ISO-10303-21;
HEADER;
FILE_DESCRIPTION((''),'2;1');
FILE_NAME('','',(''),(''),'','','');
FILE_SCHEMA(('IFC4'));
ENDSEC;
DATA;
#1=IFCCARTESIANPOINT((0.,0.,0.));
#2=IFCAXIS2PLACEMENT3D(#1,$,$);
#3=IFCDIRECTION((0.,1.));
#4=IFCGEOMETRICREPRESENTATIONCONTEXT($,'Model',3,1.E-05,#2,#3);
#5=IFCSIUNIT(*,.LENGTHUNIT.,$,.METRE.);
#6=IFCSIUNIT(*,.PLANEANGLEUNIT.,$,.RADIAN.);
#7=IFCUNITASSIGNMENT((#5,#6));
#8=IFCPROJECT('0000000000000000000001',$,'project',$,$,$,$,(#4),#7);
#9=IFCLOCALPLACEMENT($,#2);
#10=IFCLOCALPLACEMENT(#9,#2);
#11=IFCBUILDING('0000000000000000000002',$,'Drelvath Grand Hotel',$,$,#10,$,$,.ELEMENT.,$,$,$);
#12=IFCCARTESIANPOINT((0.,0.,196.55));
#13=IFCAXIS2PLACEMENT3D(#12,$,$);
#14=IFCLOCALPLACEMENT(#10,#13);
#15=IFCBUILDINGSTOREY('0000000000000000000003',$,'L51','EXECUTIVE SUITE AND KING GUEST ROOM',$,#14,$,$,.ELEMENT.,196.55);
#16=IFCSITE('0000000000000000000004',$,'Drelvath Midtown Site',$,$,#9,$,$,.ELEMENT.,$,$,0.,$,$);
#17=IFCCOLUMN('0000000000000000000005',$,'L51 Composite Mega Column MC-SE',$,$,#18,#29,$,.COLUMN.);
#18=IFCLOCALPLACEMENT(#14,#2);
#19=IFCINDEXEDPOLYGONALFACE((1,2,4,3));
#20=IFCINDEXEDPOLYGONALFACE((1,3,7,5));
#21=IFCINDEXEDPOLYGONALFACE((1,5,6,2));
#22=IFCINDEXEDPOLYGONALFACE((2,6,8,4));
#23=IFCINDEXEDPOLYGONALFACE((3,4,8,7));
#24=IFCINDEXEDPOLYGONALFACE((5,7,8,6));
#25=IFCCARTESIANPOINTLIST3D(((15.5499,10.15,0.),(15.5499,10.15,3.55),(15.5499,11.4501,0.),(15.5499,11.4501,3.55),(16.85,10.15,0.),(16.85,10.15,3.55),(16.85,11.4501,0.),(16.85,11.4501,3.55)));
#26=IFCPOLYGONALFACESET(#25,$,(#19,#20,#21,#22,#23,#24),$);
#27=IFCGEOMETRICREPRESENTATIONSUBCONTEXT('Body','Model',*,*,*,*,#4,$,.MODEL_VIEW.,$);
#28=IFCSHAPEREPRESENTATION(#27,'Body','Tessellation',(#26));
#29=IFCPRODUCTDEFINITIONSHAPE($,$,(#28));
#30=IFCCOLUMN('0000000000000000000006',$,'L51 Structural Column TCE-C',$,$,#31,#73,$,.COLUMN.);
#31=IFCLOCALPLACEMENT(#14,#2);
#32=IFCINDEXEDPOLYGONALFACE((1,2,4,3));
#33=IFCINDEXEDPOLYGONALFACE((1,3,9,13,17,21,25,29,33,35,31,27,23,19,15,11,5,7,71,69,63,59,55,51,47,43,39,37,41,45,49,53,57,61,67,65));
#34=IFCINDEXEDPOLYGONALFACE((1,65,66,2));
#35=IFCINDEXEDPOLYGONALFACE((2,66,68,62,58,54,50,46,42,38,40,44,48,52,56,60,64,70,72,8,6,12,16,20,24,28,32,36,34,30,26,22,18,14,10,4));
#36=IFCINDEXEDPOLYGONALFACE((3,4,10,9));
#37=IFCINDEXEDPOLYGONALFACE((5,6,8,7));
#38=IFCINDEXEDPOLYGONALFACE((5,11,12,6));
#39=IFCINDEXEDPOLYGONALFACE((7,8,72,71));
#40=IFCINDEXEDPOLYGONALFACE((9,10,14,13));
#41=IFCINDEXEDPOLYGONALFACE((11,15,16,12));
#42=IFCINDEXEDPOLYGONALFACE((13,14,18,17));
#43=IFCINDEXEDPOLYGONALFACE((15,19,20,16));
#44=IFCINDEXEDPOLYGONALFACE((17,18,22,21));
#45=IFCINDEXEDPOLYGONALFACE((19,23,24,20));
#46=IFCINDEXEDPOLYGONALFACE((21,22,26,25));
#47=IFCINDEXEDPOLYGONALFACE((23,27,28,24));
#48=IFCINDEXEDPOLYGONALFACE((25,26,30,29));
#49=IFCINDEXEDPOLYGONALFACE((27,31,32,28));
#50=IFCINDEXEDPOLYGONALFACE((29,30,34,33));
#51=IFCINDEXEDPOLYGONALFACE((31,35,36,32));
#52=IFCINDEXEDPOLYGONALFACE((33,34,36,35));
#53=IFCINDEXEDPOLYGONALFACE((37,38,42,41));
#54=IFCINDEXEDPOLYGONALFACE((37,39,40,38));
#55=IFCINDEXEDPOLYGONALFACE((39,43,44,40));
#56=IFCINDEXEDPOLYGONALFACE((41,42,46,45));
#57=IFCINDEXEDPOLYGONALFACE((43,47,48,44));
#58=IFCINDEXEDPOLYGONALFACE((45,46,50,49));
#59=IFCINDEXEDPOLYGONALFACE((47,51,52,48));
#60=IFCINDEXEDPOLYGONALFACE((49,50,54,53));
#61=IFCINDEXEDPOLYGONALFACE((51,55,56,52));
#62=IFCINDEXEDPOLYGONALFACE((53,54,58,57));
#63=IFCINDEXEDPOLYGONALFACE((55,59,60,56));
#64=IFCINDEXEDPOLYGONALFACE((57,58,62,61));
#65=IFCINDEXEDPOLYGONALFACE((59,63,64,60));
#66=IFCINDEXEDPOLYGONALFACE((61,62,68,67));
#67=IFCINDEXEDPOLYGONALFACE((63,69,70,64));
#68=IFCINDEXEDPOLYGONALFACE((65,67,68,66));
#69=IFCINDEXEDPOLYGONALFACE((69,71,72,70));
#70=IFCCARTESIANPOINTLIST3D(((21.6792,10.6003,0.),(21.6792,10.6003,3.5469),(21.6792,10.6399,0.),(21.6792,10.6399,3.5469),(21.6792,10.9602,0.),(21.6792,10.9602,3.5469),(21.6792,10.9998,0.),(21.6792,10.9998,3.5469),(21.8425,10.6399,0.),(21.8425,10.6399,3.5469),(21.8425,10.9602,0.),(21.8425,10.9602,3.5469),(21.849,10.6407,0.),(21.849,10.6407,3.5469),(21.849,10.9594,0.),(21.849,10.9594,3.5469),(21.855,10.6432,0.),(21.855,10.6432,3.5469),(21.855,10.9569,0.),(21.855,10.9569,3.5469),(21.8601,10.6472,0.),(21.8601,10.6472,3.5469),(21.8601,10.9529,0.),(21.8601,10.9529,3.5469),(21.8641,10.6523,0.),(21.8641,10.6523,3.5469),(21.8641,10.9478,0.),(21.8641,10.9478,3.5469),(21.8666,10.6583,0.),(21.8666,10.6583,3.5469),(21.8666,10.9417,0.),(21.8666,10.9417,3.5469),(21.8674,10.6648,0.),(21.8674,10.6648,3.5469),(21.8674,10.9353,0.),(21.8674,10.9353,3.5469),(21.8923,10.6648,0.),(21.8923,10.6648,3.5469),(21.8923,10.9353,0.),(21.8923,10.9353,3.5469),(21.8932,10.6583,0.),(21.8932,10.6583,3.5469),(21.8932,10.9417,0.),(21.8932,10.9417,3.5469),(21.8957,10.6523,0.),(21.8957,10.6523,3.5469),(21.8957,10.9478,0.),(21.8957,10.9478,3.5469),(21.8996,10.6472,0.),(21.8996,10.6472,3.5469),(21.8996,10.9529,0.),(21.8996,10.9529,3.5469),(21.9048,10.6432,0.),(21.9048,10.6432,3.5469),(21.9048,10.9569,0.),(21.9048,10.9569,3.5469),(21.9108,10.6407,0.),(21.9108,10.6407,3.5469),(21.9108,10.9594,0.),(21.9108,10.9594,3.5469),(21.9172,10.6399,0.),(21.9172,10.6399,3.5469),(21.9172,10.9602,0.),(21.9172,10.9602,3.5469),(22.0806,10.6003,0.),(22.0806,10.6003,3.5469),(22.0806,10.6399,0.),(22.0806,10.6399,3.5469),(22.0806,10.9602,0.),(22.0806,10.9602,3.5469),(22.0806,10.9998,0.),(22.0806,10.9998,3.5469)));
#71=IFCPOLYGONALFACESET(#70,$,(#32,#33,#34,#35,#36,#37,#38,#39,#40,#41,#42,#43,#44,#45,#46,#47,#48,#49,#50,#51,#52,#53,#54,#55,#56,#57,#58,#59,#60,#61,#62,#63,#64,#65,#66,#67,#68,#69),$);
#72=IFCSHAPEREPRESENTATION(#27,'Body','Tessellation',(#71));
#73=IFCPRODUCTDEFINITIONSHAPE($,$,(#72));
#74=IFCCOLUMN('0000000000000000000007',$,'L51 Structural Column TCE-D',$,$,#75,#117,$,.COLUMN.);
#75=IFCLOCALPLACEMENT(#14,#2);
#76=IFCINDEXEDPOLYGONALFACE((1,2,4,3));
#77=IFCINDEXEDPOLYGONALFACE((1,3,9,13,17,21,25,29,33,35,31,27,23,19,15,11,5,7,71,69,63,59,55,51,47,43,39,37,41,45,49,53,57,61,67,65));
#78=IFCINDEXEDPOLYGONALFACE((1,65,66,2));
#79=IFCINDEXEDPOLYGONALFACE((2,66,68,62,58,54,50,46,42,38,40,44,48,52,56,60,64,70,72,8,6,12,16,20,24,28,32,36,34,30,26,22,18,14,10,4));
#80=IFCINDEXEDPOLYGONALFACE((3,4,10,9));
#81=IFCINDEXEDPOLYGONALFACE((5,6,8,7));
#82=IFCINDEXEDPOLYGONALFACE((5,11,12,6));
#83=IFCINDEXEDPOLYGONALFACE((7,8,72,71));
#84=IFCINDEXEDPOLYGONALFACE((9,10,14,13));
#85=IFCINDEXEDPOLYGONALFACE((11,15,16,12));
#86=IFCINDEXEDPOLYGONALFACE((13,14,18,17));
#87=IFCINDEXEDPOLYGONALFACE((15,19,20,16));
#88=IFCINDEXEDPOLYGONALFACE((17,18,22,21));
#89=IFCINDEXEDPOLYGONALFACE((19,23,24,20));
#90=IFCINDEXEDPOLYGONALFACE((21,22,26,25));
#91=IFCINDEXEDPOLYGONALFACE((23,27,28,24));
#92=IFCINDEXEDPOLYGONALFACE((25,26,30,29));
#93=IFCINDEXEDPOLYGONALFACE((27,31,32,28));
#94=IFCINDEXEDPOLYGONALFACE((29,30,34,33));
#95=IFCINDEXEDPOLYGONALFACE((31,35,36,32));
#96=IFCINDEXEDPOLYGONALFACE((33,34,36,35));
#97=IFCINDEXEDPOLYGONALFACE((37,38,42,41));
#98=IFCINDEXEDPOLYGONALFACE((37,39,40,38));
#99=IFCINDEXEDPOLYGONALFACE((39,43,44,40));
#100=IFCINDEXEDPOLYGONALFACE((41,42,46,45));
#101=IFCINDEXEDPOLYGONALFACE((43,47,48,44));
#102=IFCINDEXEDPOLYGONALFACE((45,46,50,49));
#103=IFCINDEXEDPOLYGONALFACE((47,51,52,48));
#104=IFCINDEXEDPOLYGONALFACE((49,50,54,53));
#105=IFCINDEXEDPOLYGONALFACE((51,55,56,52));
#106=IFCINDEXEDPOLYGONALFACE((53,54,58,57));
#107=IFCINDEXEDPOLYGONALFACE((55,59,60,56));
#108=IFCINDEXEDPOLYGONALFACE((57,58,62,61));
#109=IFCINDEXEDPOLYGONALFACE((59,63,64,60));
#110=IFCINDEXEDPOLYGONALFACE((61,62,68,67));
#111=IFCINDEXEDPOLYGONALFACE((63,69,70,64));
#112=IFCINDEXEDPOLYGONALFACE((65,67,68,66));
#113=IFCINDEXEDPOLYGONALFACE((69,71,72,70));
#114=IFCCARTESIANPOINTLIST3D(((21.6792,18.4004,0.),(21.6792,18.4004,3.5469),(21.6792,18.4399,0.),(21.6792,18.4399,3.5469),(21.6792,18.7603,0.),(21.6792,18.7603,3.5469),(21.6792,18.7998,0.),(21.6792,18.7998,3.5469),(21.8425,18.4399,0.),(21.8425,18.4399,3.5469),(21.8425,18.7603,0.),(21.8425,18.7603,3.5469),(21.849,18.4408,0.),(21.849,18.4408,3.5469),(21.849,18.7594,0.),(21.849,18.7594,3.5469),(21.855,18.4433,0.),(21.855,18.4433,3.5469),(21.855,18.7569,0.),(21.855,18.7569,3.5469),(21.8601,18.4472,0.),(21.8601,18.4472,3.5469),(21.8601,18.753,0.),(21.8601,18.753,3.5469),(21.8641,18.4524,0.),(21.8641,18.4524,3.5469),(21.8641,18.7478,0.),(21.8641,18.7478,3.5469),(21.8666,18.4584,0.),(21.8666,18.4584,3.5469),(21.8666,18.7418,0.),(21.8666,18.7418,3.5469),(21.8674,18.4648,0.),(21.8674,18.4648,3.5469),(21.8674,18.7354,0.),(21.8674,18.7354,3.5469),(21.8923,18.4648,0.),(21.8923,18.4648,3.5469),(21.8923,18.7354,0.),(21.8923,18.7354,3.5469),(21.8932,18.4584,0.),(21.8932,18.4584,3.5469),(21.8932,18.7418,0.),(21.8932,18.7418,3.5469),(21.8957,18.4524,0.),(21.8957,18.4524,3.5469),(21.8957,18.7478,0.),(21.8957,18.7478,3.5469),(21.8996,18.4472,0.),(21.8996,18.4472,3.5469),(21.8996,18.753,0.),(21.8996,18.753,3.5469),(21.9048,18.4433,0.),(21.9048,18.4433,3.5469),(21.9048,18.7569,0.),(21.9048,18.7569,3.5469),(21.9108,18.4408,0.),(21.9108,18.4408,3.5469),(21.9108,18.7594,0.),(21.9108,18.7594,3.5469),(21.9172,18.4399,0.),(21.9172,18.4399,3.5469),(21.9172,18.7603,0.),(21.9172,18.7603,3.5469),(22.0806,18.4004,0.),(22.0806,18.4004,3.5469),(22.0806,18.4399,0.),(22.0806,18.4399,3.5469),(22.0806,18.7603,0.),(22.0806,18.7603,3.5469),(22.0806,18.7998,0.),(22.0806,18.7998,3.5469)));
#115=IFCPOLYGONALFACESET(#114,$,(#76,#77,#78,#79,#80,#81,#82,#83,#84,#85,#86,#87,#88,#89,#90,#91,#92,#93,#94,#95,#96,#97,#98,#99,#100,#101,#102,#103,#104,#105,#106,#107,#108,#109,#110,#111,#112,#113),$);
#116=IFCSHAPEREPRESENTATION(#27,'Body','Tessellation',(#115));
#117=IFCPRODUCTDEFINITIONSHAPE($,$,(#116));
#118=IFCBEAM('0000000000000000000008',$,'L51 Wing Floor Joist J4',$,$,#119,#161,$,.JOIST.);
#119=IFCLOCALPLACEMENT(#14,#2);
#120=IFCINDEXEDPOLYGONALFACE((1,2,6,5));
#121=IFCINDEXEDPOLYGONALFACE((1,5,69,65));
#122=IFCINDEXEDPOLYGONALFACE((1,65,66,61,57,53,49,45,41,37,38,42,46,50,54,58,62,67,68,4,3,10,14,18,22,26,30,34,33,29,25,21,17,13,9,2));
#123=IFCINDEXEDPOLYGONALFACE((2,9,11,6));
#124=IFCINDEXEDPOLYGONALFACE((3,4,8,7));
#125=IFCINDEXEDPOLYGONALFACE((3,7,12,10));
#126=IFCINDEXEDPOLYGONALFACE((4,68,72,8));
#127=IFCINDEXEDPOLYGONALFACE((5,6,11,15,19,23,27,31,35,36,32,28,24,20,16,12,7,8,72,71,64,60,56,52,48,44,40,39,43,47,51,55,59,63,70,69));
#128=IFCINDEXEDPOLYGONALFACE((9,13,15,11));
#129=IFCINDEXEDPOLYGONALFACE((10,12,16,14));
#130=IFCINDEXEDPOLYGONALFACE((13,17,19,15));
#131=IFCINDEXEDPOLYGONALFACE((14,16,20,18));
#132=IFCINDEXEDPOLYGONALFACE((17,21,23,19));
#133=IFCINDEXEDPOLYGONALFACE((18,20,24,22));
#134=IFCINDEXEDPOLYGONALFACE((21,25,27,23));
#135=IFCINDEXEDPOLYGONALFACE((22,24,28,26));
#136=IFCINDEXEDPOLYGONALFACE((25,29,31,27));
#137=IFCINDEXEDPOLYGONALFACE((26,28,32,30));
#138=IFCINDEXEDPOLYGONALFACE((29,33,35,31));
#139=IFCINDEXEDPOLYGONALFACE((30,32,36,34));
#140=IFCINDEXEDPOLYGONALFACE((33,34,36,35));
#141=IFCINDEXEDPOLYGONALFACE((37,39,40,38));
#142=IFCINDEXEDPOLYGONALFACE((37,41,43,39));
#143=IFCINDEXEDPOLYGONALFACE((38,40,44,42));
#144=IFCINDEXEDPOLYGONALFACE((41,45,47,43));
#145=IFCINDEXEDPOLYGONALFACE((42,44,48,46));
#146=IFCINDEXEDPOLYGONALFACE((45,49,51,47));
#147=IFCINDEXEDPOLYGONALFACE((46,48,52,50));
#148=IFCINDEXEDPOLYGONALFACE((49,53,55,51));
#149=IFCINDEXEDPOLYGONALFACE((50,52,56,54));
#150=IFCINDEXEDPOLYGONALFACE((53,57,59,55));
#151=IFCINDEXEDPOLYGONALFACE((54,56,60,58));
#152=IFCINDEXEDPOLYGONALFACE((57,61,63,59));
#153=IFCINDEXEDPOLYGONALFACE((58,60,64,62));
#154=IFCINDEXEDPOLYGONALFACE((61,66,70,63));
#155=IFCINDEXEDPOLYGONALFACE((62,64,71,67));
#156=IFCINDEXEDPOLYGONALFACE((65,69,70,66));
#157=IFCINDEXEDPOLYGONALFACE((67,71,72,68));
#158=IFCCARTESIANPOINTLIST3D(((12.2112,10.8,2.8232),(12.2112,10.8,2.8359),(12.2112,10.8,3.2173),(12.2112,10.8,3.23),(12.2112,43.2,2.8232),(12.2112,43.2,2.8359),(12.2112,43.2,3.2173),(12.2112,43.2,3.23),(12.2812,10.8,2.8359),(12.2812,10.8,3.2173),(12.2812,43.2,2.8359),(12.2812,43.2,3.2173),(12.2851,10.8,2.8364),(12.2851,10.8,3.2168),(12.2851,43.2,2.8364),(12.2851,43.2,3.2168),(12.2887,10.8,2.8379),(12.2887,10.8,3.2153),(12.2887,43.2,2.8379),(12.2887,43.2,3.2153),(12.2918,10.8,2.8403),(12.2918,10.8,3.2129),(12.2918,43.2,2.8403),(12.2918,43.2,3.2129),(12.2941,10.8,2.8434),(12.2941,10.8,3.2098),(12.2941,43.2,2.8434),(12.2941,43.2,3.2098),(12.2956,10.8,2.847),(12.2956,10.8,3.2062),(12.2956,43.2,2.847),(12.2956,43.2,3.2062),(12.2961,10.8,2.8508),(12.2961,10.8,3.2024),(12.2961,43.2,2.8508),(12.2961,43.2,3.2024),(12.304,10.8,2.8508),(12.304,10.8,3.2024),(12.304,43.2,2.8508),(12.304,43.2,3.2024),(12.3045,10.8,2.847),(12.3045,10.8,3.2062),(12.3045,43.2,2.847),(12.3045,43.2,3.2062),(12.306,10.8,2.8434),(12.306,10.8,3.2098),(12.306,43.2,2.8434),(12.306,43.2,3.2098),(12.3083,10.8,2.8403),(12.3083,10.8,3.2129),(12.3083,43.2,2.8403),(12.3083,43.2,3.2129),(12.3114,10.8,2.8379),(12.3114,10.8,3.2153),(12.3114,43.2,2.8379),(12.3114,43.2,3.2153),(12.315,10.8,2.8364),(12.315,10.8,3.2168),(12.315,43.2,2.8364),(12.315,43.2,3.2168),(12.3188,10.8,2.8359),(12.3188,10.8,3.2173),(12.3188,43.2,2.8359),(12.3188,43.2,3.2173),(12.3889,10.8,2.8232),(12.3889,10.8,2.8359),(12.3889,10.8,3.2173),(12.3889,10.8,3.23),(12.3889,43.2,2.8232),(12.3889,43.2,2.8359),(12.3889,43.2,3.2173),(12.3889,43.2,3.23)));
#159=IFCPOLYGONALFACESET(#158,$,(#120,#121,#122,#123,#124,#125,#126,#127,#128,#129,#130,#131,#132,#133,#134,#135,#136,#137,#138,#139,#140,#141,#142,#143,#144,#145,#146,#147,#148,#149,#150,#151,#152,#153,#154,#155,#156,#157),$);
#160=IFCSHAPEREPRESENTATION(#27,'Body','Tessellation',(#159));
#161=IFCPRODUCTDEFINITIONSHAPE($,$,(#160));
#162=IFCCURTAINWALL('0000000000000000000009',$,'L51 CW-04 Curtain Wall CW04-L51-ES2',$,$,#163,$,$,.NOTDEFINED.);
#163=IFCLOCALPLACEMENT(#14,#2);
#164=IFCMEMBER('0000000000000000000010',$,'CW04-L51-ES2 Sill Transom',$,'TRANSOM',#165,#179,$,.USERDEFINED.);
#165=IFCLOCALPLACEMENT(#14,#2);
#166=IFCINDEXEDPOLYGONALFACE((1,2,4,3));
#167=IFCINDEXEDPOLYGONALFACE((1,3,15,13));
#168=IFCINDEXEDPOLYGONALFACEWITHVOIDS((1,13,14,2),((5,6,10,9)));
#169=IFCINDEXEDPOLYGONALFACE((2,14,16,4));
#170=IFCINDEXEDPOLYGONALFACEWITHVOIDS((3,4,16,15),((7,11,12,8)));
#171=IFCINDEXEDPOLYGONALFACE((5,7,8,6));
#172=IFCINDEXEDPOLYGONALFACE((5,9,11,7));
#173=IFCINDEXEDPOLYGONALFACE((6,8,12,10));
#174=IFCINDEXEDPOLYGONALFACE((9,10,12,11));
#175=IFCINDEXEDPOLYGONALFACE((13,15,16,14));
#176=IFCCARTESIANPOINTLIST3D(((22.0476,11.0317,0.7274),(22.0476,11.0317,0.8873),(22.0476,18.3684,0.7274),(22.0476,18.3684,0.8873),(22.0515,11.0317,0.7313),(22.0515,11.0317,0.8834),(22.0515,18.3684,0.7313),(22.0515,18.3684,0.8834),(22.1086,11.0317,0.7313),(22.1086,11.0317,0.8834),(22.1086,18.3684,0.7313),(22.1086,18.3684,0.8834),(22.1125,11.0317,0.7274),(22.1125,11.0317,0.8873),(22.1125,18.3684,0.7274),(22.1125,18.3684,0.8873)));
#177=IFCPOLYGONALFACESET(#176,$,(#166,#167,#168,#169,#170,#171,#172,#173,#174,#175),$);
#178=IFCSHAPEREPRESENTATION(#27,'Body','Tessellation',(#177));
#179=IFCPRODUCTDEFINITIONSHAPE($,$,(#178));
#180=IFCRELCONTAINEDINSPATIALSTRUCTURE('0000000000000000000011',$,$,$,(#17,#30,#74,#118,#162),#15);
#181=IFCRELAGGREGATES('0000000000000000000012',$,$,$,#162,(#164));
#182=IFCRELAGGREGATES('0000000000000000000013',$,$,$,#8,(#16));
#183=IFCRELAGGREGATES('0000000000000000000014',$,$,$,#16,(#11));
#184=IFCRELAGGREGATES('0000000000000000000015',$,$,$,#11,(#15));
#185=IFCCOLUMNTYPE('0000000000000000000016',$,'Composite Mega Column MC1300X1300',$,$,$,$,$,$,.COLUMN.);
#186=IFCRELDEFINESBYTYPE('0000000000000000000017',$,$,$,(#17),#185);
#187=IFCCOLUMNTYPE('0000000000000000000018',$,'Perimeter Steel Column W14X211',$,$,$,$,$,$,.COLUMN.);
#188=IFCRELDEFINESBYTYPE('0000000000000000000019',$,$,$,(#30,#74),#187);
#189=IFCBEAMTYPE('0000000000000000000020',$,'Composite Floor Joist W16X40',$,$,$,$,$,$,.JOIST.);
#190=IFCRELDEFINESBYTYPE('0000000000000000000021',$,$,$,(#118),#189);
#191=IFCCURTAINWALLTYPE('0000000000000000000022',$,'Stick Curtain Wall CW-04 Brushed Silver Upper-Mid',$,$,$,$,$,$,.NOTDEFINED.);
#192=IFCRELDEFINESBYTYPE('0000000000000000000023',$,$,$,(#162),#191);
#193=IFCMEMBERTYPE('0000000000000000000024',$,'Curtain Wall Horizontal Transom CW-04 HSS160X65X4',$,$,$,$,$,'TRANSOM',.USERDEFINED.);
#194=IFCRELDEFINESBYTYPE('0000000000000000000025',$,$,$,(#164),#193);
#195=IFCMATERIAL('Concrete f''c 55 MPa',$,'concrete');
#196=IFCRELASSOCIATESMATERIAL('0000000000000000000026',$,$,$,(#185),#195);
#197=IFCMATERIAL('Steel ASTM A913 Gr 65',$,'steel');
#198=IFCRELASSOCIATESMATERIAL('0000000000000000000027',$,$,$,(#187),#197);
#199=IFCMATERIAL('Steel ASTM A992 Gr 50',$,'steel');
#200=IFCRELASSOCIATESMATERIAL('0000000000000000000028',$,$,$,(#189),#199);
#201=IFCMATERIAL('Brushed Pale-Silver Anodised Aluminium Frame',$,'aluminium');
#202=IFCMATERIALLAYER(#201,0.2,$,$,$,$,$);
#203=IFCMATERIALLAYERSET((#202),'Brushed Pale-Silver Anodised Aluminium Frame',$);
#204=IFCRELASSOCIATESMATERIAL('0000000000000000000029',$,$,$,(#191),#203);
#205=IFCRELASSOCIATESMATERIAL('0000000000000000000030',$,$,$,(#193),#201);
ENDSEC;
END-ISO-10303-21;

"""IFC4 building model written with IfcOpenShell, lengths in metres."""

from ifc_helpers import new_model, si_unit, direction, frame, origin, origin_2d, place, context, subcontext, project, spatial, rectangle, hollow_rectangle, i_section, extrude, material, layer, layer_set, material_profile, profile_set, type_object, element, aggregate, save


model = new_model("IFC4")

# Units and contexts
model_context = context("Model", 3, precision=1e-05, world=origin(), true_north=direction((0.0, 1.0)))
body_context = subcontext(model_context, "Body", "Model", "MODEL_VIEW")
ifc_project = project(units=[si_unit("LENGTHUNIT", "METRE"), si_unit("PLANEANGLEUNIT", "RADIAN")], contexts=[model_context])

# Site, building, storey
site_placement = place(None, origin())
site = spatial("IfcSite", under=ifc_project, at=site_placement, Name="Drelvath Midtown Site", CompositionType="ELEMENT", RefElevation=0.0)
building_placement = place(site_placement, origin())
building = spatial("IfcBuilding", under=site, at=building_placement, Name="Drelvath Grand Hotel", CompositionType="ELEMENT")
storey_placement = place(building_placement, frame((0.0, 0.0, 196.55)))
storey = spatial("IfcBuildingStorey", under=building, at=storey_placement, Name="L51", Description="EXECUTIVE SUITE AND KING GUEST ROOM", CompositionType="ELEMENT", Elevation=196.55)

# Columns
ifc_material_1 = material(Name="Concrete f'c 55 MPa", Category="concrete")
ifc_material_profile_1 = material_profile(ifc_material_1, rectangle(XDim=1.3, YDim=1.3, at=origin_2d()), Name="MC1300X1300")
ifc_profile_set_1 = profile_set([ifc_material_profile_1], Name="Concrete f'c 55 MPa")
column_type_1 = type_object("IfcColumnType", Name="Composite Mega Column MC1300X1300", PredefinedType="COLUMN", material=ifc_profile_set_1)
column_placement = place(storey_placement, frame((16.2, 10.8, 0.0), z_axis=(0.0, 0.0, 1.0), x_axis=(1.0, 0.0, 0.0)))
element("IfcColumn", 1, at=column_placement, inside=storey, type_object=column_type_1, Name="L51 Composite Mega Column MC-SE", PredefinedType="COLUMN", context=body_context, shape_type="SweptSolid", body=[
    extrude(rectangle(XDim=1.3, YDim=1.3, at=origin_2d()), origin(), (0.0, 0.0, 1.0), 3.55),
])
ifc_material_2 = material(Name="Steel ASTM A913 Gr 65", Category="steel")
ifc_material_profile_2 = material_profile(ifc_material_2, i_section(OverallWidth=0.4014, OverallDepth=0.3994, WebThickness=0.0249, FlangeThickness=0.0396, FilletRadius=0.0249, at=origin_2d()), Name="W14X211")
ifc_profile_set_2 = profile_set([ifc_material_profile_2], Name="Steel ASTM A913 Gr 65")
column_type_2 = type_object("IfcColumnType", Name="Perimeter Steel Column W14X211", PredefinedType="COLUMN", material=ifc_profile_set_2)
for number, where, z_axis, x_axis, name in (
    (2, (21.8799, 10.8, 0.0), (0.0, 0.0, 1.0), (1.0, 0.0, 0.0), "L51 Structural Column TCE-C"),
    (3, (21.8799, 18.6001, 0.0), (0.0, 0.0, 1.0), (1.0, 0.0, 0.0), "L51 Structural Column TCE-D"),
):
    element("IfcColumn", number, at=place(storey_placement, frame(where, z_axis=z_axis, x_axis=x_axis)), inside=storey, type_object=column_type_2, Name=name, PredefinedType="COLUMN", context=body_context, shape_type="SweptSolid", body=[
        extrude(i_section(OverallWidth=0.4014, OverallDepth=0.3994, WebThickness=0.0249, FlangeThickness=0.0396, FilletRadius=0.0249, at=origin_2d()), origin(), (0.0, 0.0, 1.0), 3.5469),
    ])

# Beam
ifc_material_3 = material(Name="Steel ASTM A992 Gr 50", Category="steel")
ifc_material_profile_3 = material_profile(ifc_material_3, i_section(OverallWidth=0.1777, OverallDepth=0.4067, WebThickness=0.0078, FlangeThickness=0.0127, FilletRadius=0.0149, at=origin_2d()), Name="W16X40")
ifc_profile_set_3 = profile_set([ifc_material_profile_3], Name="Steel ASTM A992 Gr 50")
beam_type_1 = type_object("IfcBeamType", Name="Composite Floor Joist W16X40", PredefinedType="JOIST", material=ifc_profile_set_3)
beam_1_placement = place(storey_placement, frame((12.3, 10.8, 3.0266), z_axis=(0.0, 1.0, 0.0), x_axis=(-1.0, 0.0, 0.0)))
element("IfcBeam", 4, at=beam_1_placement, inside=storey, type_object=beam_type_1, Name="L51 Wing Floor Joist J4", PredefinedType="JOIST", context=body_context, shape_type="SweptSolid", body=[
    extrude(i_section(OverallWidth=0.1777, OverallDepth=0.4067, WebThickness=0.0078, FlangeThickness=0.0127, FilletRadius=0.0149, at=origin_2d()), origin(), (0.0, 0.0, 1.0), 32.3999),
])

# Curtain wall, member
ifc_material_4 = material(Name="Brushed Pale-Silver Anodised Aluminium Frame", Category="aluminium")
ifc_layer_1 = layer(ifc_material_4, 0.2)
ifc_layer_set_1 = layer_set([ifc_layer_1], Name="Brushed Pale-Silver Anodised Aluminium Frame")
curtain_wall_type = type_object("IfcCurtainWallType", Name="Stick Curtain Wall CW-04 Brushed Silver Upper-Mid", PredefinedType="NOTDEFINED", material=ifc_layer_set_1)
curtain_wall_1_placement = place(storey_placement, origin())
curtain_wall_1 = element("IfcCurtainWall", 5, at=curtain_wall_1_placement, inside=storey, type_object=curtain_wall_type, Name="L51 CW-04 Curtain Wall CW04-L51-ES2", PredefinedType="NOTDEFINED")
ifc_material_profile_4 = material_profile(ifc_material_4, hollow_rectangle(XDim=0.0649, YDim=0.1599, WallThickness=0.0039, at=origin_2d()), Name="HSS160X65X4")
ifc_profile_set_4 = profile_set([ifc_material_profile_4], Name="Brushed Pale-Silver Anodised Aluminium Frame")
member_type_1 = type_object("IfcMemberType", Name="Curtain Wall Horizontal Transom CW-04 HSS160X65X4", ElementType="TRANSOM", PredefinedType="USERDEFINED", material=ifc_profile_set_4)
member_1_placement = place(storey_placement, frame((22.0801, 18.3684, 0.8074), z_axis=(0.0, -1.0, 0.0), x_axis=(1.0, 0.0, 0.0)))
member_1 = element("IfcMember", 6, at=member_1_placement, type_object=member_type_1, Name="CW04-L51-ES2 Sill Transom", ObjectType="TRANSOM", PredefinedType="USERDEFINED", context=body_context, shape_type="SweptSolid", body=[
    extrude(hollow_rectangle(XDim=0.0649, YDim=0.1599, WallThickness=0.0039, at=origin_2d()), origin(), (0.0, 0.0, 1.0), 7.3367),
])

aggregate(curtain_wall_1, [member_1])

save(model, "model.ifc")
